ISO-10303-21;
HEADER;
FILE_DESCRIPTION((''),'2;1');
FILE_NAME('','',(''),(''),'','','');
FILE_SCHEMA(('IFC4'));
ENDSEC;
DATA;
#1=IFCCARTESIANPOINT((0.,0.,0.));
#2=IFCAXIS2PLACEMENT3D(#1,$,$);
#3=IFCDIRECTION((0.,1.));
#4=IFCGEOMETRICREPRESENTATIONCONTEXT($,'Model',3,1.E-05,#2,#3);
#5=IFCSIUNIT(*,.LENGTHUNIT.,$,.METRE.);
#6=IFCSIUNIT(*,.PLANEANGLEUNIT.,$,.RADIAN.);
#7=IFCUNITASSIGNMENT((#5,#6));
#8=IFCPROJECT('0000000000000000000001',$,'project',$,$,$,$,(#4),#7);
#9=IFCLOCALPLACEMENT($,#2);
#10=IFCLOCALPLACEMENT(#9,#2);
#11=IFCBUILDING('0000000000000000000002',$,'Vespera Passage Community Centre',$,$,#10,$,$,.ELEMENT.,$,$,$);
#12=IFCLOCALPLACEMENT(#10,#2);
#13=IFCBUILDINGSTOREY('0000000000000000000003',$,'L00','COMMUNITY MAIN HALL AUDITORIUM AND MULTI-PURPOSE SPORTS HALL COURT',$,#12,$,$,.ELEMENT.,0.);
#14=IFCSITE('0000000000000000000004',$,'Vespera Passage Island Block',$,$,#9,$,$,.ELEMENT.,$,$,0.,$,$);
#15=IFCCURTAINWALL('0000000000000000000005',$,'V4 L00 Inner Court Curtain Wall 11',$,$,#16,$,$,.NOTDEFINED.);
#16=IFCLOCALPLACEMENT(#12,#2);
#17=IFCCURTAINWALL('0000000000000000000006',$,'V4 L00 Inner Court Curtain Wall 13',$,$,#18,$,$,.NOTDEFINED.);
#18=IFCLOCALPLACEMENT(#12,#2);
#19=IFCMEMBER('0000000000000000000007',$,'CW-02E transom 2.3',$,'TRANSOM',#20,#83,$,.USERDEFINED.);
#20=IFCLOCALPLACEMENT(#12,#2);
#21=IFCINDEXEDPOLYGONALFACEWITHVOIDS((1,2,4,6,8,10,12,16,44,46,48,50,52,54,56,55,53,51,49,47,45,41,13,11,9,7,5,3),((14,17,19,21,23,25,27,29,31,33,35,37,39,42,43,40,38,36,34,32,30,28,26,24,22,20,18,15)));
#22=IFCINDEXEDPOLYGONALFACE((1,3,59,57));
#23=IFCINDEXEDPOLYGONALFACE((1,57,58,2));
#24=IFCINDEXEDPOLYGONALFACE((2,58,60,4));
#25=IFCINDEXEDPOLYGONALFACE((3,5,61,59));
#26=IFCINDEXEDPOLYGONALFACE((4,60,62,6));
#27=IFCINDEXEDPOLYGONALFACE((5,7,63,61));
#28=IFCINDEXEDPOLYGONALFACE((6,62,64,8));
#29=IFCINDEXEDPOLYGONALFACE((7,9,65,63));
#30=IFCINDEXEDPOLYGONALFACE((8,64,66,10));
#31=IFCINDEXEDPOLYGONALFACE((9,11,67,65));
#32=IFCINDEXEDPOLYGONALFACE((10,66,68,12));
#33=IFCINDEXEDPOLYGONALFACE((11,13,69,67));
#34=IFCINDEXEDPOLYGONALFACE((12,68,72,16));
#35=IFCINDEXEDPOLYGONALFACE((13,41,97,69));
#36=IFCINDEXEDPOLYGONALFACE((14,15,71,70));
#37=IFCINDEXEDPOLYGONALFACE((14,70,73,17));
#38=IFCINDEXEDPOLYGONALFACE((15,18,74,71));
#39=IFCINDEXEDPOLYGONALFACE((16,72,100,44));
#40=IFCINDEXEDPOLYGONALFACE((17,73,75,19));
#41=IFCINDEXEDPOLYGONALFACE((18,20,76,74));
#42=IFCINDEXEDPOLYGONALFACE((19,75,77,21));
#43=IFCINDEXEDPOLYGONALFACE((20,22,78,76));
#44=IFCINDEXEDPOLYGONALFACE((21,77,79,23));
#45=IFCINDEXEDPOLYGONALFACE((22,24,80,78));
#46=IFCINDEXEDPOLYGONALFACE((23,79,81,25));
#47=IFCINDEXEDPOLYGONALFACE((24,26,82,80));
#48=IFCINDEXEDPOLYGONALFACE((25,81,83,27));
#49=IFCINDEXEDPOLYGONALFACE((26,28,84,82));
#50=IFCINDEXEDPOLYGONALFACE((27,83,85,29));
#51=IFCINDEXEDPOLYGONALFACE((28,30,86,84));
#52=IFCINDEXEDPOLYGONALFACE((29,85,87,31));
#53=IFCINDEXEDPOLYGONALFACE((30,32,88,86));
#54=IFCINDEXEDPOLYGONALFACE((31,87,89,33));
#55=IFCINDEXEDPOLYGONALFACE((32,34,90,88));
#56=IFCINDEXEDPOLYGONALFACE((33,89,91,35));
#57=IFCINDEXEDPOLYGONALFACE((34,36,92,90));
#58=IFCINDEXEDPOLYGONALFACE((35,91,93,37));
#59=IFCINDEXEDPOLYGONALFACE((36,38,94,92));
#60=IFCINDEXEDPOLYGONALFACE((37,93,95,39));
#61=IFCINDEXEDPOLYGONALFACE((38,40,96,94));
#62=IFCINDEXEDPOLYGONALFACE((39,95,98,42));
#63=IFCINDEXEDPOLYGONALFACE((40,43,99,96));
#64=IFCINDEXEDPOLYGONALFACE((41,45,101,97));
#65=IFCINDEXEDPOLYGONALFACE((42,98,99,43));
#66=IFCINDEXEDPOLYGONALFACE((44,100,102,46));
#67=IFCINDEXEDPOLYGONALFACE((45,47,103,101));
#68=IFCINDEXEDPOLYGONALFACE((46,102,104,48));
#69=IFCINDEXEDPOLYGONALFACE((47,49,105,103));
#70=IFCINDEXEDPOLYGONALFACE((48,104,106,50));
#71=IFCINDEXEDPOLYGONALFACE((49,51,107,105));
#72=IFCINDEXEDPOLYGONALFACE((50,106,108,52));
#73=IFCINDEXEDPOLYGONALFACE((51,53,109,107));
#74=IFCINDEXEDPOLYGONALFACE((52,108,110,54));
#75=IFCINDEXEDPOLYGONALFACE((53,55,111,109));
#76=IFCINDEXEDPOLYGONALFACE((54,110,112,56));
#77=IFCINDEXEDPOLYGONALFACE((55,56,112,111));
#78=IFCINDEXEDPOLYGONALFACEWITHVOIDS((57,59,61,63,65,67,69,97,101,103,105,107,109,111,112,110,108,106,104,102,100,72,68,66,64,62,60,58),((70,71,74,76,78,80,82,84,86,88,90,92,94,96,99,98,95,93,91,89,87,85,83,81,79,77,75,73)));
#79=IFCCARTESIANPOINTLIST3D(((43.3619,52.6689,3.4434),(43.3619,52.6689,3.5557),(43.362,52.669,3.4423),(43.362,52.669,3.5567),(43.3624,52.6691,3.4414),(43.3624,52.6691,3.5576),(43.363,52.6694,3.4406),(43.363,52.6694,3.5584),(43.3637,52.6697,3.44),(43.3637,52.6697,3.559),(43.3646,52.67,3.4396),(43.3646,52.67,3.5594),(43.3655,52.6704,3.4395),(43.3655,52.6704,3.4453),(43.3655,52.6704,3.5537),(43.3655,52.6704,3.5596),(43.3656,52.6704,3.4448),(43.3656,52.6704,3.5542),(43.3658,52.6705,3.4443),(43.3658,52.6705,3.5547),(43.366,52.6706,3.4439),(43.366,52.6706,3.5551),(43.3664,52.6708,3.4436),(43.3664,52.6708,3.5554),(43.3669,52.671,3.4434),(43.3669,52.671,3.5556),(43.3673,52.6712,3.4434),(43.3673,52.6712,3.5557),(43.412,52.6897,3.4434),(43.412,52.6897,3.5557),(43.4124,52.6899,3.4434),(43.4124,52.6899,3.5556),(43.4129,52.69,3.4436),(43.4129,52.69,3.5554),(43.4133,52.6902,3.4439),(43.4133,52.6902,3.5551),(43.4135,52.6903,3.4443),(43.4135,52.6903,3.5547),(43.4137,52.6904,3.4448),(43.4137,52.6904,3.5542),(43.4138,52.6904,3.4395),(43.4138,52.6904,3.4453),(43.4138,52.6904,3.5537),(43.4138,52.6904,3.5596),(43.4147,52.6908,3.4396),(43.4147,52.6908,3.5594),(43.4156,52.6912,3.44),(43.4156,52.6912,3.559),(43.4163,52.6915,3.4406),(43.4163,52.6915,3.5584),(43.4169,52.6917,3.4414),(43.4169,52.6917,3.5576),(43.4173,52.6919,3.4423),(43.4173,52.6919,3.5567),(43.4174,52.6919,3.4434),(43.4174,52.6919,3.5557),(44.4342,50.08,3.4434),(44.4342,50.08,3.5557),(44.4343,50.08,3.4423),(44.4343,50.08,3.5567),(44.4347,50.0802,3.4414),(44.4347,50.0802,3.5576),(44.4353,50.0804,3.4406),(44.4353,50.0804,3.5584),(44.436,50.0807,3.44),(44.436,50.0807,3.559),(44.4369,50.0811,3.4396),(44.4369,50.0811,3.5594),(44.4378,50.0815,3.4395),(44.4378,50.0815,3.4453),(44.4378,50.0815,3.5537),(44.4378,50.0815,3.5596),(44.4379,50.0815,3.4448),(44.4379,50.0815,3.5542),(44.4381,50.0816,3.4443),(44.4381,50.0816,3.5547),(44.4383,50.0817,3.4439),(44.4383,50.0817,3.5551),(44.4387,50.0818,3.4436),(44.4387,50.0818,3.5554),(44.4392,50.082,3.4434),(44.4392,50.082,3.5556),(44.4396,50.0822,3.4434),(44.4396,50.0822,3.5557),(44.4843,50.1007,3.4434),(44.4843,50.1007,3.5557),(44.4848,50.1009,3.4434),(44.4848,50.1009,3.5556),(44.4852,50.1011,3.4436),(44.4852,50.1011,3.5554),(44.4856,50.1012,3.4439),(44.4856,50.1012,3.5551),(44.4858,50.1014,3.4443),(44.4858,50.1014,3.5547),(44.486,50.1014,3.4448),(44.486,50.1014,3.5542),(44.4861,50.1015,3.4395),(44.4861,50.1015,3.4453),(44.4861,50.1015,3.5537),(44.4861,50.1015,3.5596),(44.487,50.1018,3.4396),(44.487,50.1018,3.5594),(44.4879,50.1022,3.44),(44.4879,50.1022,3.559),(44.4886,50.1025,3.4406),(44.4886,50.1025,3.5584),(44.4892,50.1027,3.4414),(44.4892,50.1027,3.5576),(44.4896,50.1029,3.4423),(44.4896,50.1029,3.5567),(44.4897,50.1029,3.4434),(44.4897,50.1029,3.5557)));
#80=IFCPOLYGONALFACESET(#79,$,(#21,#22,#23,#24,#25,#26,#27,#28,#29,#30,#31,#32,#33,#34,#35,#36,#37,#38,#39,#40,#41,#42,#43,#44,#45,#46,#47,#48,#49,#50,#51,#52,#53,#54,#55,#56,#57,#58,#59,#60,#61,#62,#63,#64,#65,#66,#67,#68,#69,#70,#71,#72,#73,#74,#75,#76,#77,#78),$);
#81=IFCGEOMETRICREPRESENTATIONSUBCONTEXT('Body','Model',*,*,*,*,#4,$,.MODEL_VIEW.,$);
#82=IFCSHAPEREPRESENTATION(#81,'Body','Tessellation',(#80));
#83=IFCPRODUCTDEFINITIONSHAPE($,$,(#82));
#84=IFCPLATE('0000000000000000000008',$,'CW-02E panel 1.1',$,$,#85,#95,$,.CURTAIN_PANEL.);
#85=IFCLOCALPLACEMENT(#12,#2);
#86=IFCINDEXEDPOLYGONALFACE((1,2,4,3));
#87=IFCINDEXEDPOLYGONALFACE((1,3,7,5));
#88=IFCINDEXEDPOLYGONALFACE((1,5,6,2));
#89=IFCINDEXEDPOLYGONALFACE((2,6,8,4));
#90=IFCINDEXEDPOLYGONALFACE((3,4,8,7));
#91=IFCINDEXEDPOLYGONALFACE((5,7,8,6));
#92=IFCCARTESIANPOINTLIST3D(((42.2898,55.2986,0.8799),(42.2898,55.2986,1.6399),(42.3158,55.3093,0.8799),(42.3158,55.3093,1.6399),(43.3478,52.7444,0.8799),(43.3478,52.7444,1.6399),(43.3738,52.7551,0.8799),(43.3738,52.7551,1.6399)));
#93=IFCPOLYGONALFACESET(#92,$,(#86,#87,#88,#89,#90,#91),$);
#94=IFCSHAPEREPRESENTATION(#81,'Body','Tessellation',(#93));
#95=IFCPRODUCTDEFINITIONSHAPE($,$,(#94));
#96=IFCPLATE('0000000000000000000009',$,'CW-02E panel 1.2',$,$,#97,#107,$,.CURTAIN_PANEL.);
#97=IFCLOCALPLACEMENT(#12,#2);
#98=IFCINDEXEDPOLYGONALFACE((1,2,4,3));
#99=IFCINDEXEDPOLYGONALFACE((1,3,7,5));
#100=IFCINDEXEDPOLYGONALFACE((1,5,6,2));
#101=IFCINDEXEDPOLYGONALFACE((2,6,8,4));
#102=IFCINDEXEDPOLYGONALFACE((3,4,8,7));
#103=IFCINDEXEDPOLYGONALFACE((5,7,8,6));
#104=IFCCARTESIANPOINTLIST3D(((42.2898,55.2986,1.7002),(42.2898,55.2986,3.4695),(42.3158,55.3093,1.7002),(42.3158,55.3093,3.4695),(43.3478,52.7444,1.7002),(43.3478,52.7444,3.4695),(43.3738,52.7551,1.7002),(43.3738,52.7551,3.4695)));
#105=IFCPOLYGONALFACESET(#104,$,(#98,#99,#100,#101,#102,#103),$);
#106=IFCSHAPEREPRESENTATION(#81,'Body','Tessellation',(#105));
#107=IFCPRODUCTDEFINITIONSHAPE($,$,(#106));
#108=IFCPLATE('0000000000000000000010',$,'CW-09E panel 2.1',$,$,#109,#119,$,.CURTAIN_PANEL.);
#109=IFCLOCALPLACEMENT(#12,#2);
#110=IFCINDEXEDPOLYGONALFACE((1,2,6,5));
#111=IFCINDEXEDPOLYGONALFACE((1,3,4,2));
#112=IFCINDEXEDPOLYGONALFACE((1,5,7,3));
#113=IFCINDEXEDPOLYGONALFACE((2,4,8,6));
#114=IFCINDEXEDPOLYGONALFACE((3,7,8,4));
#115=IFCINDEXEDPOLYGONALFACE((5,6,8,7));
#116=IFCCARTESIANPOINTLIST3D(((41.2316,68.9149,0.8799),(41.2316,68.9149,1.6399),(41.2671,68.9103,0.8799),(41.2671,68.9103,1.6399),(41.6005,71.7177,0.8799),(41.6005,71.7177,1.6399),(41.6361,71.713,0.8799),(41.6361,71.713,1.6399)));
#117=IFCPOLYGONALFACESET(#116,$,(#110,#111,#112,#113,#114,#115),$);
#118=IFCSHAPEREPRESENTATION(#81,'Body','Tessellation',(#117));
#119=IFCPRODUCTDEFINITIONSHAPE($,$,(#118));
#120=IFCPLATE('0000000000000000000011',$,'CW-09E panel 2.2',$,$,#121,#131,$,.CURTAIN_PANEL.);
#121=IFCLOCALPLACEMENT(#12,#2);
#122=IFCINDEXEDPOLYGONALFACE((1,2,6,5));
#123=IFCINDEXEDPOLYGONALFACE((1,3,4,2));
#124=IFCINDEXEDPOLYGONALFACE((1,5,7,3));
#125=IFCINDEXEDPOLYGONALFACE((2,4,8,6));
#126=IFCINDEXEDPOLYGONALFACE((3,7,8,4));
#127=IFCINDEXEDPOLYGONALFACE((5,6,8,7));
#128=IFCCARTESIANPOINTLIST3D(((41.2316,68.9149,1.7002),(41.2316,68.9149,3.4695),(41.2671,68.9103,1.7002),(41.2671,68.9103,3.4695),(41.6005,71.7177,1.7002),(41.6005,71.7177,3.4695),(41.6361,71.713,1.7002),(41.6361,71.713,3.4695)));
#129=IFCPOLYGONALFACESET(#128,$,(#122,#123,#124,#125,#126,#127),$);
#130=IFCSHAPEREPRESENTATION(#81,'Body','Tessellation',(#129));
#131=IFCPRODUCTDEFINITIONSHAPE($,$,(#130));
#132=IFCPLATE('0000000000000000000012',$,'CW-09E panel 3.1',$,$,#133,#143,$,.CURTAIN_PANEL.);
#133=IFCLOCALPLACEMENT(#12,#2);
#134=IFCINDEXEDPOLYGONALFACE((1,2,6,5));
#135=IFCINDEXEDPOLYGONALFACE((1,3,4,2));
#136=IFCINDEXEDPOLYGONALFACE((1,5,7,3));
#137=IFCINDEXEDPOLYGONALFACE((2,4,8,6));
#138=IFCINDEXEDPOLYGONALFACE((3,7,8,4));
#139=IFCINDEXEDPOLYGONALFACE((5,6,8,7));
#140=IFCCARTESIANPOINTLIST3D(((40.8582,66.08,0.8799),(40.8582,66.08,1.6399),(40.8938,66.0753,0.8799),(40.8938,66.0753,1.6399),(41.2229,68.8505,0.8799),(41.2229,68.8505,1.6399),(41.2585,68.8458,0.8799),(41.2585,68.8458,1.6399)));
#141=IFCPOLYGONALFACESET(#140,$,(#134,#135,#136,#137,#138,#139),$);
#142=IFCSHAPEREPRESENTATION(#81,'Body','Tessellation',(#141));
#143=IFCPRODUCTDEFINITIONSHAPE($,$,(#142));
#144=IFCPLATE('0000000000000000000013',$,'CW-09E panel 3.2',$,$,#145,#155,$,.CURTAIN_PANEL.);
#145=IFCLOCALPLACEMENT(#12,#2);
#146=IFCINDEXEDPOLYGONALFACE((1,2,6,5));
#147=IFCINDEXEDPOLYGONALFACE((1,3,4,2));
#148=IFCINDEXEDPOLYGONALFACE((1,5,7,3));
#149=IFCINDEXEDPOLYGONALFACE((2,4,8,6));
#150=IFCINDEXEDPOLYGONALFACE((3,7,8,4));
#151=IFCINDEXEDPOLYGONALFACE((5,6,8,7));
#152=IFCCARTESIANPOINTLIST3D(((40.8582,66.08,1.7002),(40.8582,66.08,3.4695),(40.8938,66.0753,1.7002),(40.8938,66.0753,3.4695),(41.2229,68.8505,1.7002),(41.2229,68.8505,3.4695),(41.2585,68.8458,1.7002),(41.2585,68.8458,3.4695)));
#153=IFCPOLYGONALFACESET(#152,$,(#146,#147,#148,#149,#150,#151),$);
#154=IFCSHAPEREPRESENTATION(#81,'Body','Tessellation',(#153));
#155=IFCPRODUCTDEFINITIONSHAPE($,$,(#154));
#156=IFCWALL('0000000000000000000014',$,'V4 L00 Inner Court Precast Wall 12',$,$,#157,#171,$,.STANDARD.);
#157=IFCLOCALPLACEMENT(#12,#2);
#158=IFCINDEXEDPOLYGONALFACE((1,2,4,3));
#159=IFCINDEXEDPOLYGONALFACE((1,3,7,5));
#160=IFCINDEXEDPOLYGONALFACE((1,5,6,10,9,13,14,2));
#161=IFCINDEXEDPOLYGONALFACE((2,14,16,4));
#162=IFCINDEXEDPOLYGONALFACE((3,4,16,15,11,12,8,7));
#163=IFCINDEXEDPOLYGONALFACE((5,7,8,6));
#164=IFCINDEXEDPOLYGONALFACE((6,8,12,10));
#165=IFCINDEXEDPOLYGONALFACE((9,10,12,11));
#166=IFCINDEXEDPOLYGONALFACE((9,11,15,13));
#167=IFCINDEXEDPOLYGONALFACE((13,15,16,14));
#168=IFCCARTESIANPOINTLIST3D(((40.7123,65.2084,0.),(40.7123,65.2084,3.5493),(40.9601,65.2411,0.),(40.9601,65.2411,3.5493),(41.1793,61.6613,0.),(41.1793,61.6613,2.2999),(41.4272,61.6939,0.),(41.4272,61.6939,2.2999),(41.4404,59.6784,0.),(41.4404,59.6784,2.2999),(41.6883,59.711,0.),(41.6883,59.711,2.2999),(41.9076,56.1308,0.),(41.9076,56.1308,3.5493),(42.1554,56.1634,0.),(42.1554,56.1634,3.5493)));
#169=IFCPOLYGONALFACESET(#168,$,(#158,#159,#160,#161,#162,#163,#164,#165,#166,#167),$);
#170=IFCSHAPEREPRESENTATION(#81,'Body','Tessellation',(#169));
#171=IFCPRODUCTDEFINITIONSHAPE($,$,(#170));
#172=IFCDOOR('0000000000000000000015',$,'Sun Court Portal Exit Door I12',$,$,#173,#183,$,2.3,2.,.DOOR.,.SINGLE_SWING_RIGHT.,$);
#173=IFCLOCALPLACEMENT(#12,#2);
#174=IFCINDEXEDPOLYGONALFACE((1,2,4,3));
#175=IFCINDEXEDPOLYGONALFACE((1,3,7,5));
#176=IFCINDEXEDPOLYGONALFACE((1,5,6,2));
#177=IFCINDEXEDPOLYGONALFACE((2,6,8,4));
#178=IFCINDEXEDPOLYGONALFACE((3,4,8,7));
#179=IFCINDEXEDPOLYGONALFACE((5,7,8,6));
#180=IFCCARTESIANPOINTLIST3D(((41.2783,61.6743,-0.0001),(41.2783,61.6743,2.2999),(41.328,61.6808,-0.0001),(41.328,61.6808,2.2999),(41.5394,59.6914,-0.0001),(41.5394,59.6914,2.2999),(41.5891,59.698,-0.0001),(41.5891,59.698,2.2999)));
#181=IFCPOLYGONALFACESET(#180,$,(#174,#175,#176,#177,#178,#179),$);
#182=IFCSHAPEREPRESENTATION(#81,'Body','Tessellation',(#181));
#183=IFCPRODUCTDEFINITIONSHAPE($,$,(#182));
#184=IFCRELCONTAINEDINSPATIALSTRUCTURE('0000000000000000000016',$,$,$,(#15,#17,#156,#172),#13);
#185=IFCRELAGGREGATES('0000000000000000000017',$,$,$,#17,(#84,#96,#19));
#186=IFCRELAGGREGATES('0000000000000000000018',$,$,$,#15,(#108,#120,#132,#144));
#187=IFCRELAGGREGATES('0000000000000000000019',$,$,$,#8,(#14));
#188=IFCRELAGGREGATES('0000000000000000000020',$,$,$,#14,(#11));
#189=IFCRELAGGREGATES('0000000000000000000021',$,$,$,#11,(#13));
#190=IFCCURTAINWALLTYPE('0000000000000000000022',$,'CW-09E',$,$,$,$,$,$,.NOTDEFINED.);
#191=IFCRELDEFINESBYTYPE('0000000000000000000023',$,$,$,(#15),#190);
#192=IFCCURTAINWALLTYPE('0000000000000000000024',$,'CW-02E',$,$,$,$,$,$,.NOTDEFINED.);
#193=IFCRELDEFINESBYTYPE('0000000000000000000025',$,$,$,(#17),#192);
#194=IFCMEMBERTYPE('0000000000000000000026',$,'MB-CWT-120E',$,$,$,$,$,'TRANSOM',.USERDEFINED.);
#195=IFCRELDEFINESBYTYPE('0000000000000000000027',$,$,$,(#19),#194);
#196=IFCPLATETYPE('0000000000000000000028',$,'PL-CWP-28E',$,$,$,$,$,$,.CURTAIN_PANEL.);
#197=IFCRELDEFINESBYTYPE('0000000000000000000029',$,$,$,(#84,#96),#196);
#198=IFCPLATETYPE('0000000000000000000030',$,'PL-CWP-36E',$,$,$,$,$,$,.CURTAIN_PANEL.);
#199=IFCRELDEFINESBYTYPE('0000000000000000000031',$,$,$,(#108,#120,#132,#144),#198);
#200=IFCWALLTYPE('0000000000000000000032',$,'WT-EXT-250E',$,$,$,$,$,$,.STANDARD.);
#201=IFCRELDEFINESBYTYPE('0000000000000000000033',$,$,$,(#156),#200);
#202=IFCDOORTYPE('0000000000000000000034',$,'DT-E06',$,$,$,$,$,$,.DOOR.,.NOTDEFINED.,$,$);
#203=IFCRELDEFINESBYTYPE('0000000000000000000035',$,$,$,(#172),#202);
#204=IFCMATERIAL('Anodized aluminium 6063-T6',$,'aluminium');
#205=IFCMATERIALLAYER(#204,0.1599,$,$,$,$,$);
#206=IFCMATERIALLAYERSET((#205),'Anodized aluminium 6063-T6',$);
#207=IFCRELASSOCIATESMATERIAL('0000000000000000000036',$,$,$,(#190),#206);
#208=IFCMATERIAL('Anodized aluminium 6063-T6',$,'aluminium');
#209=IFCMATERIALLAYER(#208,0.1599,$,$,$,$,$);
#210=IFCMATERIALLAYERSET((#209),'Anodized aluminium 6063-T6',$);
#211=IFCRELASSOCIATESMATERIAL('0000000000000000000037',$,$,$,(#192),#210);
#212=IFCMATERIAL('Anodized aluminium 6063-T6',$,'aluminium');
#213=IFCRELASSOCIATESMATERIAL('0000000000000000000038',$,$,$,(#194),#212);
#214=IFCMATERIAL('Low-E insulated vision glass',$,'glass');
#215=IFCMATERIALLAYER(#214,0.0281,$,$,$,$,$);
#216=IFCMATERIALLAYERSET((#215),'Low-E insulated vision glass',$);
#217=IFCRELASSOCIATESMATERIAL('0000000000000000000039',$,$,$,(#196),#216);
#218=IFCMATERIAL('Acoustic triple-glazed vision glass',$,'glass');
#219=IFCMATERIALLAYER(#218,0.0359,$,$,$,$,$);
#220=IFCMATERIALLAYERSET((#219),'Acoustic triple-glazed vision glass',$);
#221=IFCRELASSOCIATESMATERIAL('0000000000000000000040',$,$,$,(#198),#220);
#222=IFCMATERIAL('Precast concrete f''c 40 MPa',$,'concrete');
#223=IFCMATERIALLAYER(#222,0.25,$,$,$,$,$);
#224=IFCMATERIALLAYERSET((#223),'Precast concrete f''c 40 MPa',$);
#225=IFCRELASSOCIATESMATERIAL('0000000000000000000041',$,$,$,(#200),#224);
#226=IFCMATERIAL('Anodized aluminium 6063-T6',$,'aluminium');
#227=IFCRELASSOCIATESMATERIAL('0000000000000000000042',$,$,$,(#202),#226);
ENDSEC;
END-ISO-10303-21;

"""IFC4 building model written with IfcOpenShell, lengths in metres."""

from ifc_helpers import new_model, si_unit, direction, frame, frame_2d, origin, origin_2d, place, context, subcontext, project, spatial, rectangle, hollow_rectangle, extrude, material, layer, layer_set, material_profile, profile_set, type_object, element, fill, aggregate, save


model = new_model("IFC4")

# Units and contexts
model_context = context("Model", 3, precision=1e-05, world=origin(), true_north=direction((0.0, 1.0)))
body_context = subcontext(model_context, "Body", "Model", "MODEL_VIEW")
ifc_project = project(units=[si_unit("LENGTHUNIT", "METRE"), si_unit("PLANEANGLEUNIT", "RADIAN")], contexts=[model_context])

# Site, building, storey
site_placement = place(None, origin())
site = spatial("IfcSite", under=ifc_project, at=site_placement, Name="Vespera Passage Island Block", CompositionType="ELEMENT", RefElevation=0.0)
building_placement = place(site_placement, origin())
building = spatial("IfcBuilding", under=site, at=building_placement, Name="Vespera Passage Community Centre", CompositionType="ELEMENT")
storey_placement = place(building_placement, origin())
storey = spatial("IfcBuildingStorey", under=building, at=storey_placement, Name="L00", Description="COMMUNITY MAIN HALL AUDITORIUM AND MULTI-PURPOSE SPORTS HALL COURT", CompositionType="ELEMENT", Elevation=0.0)

# Curtain walls
ifc_material_1 = material(Name="Anodized aluminium 6063-T6", Category="aluminium")
ifc_layer_1 = layer(ifc_material_1, 0.1599)
ifc_layer_set_1 = layer_set([ifc_layer_1], Name="Anodized aluminium 6063-T6")
curtain_wall_type_1 = type_object("IfcCurtainWallType", Name="CW-09E", PredefinedType="NOTDEFINED", material=ifc_layer_set_1)
curtain_wall_1_placement = place(storey_placement, origin())
curtain_wall_1 = element("IfcCurtainWall", 1, at=curtain_wall_1_placement, inside=storey, type_object=curtain_wall_type_1, Name="V4 L00 Inner Court Curtain Wall 11", PredefinedType="NOTDEFINED")
ifc_material_2 = material(Name="Anodized aluminium 6063-T6", Category="aluminium")
ifc_layer_2 = layer(ifc_material_2, 0.1599)
ifc_layer_set_2 = layer_set([ifc_layer_2], Name="Anodized aluminium 6063-T6")
curtain_wall_type_2 = type_object("IfcCurtainWallType", Name="CW-02E", PredefinedType="NOTDEFINED", material=ifc_layer_set_2)
curtain_wall_2_placement = place(storey_placement, origin())
curtain_wall_2 = element("IfcCurtainWall", 2, at=curtain_wall_2_placement, inside=storey, type_object=curtain_wall_type_2, Name="V4 L00 Inner Court Curtain Wall 13", PredefinedType="NOTDEFINED")

# Member
ifc_material_3 = material(Name="Anodized aluminium 6063-T6", Category="aluminium")
ifc_material_profile_1 = material_profile(ifc_material_3, hollow_rectangle(XDim=0.0601, YDim=0.1201, WallThickness=0.0039, InnerFilletRadius=0.002, OuterFilletRadius=0.0039, at=origin_2d()), Name="ALU120X60X4")
ifc_profile_set_1 = profile_set([ifc_material_profile_1], Name="Anodized aluminium 6063-T6")
member_type_1 = type_object("IfcMemberType", Name="MB-CWT-120E", ElementType="TRANSOM", PredefinedType="USERDEFINED", material=ifc_profile_set_1)
member_1_placement = place(storey_placement, frame((43.3896, 52.6804, 3.4995), z_axis=(0.38266, -0.923889, 0.0), x_axis=(0.923889, 0.38266, 0.0)))
member_1 = element("IfcMember", 3, at=member_1_placement, type_object=member_type_1, Name="CW-02E transom 2.3", ObjectType="TRANSOM", PredefinedType="USERDEFINED", context=body_context, shape_type="SweptSolid", body=[
    extrude(hollow_rectangle(XDim=0.0601, YDim=0.1201, WallThickness=0.0039, InnerFilletRadius=0.002, OuterFilletRadius=0.0039, at=origin_2d()), origin(), (0.0, 0.0, 1.0), 2.8022),
])

# Plates
ifc_material_4 = material(Name="Low-E insulated vision glass", Category="glass")
ifc_layer_3 = layer(ifc_material_4, 0.0281)
ifc_layer_set_3 = layer_set([ifc_layer_3], Name="Low-E insulated vision glass")
plate_type_1 = type_object("IfcPlateType", Name="PL-CWP-28E", PredefinedType="CURTAIN_PANEL", material=ifc_layer_set_3)
plate_1_placement = place(storey_placement, frame((42.8318, 54.0269, 0.8799), z_axis=(0.0, 0.0, 1.0), x_axis=(0.38269, -0.923877, 0.0)))
plate_1 = element("IfcPlate", 4, at=plate_1_placement, type_object=plate_type_1, Name="CW-02E panel 1.1", PredefinedType="CURTAIN_PANEL", context=body_context, shape_type="SweptSolid", body=[
    extrude(rectangle(XDim=2.7646, YDim=0.0281, at=origin_2d()), origin(), (0.0, 0.0, 1.0), 0.76),
])
plate_2_placement = place(storey_placement, frame((42.8318, 54.0269, 1.7002), z_axis=(0.0, 0.0, 1.0), x_axis=(0.38269, -0.923877, 0.0)))
plate_2 = element("IfcPlate", 5, at=plate_2_placement, type_object=plate_type_1, Name="CW-02E panel 1.2", PredefinedType="CURTAIN_PANEL", context=body_context, shape_type="SweptSolid", body=[
    extrude(rectangle(XDim=2.7646, YDim=0.0281, at=origin_2d()), origin(), (0.0, 0.0, 1.0), 1.7693),
])
aggregate(curtain_wall_2, [plate_1, plate_2, member_1])
ifc_material_5 = material(Name="Acoustic triple-glazed vision glass", Category="glass")
ifc_layer_4 = layer(ifc_material_5, 0.0359)
ifc_layer_set_4 = layer_set([ifc_layer_4], Name="Acoustic triple-glazed vision glass")
plate_type_2 = type_object("IfcPlateType", Name="PL-CWP-36E", PredefinedType="CURTAIN_PANEL", material=ifc_layer_set_4)
plate_3_placement = place(storey_placement, frame((41.4338, 70.314, 0.8799), z_axis=(0.0, 0.0, 1.0), x_axis=(-0.130522, -0.991445, 0.0)))
plate_3 = element("IfcPlate", 6, at=plate_3_placement, type_object=plate_type_2, Name="CW-09E panel 2.1", PredefinedType="CURTAIN_PANEL", context=body_context, shape_type="SweptSolid", body=[
    extrude(rectangle(XDim=2.8269, YDim=0.0359, at=origin_2d()), origin(), (0.0, 0.0, 1.0), 0.76),
])
plate_4_placement = place(storey_placement, frame((41.4338, 70.314, 1.7002), z_axis=(0.0, 0.0, 1.0), x_axis=(-0.130522, -0.991445, 0.0)))
plate_4 = element("IfcPlate", 7, at=plate_4_placement, type_object=plate_type_2, Name="CW-09E panel 2.2", PredefinedType="CURTAIN_PANEL", context=body_context, shape_type="SweptSolid", body=[
    extrude(rectangle(XDim=2.8269, YDim=0.0359, at=origin_2d()), origin(), (0.0, 0.0, 1.0), 1.7693),
])
plate_5_placement = place(storey_placement, frame((41.0583, 67.4629, 0.8799), z_axis=(0.0, 0.0, 1.0), x_axis=(-0.130522, -0.991445, 0.0)))
plate_5 = element("IfcPlate", 8, at=plate_5_placement, type_object=plate_type_2, Name="CW-09E panel 3.1", PredefinedType="CURTAIN_PANEL", context=body_context, shape_type="SweptSolid", body=[
    extrude(rectangle(XDim=2.7944, YDim=0.0359, at=origin_2d()), origin(), (0.0, 0.0, 1.0), 0.76),
])
plate_6_placement = place(storey_placement, frame((41.0583, 67.4629, 1.7002), z_axis=(0.0, 0.0, 1.0), x_axis=(-0.130522, -0.991445, 0.0)))
plate_6 = element("IfcPlate", 9, at=plate_6_placement, type_object=plate_type_2, Name="CW-09E panel 3.2", PredefinedType="CURTAIN_PANEL", context=body_context, shape_type="SweptSolid", body=[
    extrude(rectangle(XDim=2.7944, YDim=0.0359, at=origin_2d()), origin(), (0.0, 0.0, 1.0), 1.7693),
])
aggregate(curtain_wall_1, [plate_3, plate_4, plate_5, plate_6])

# Wall, opening, door
ifc_material_6 = material(Name="Precast concrete f'c 40 MPa", Category="concrete")
ifc_layer_5 = layer(ifc_material_6, 0.25)
ifc_layer_set_5 = layer_set([ifc_layer_5], Name="Precast concrete f'c 40 MPa")
wall_type = type_object("IfcWallType", Name="WT-EXT-250E", PredefinedType="STANDARD", material=ifc_layer_set_5)
wall_1_placement = place(storey_placement, frame((40.8362, 65.2249, 0.0), z_axis=(0.0, 0.0, 1.0), x_axis=(0.13055, -0.991442, 0.0)))
wall_1 = element("IfcWall", 10, at=wall_1_placement, inside=storey, type_object=wall_type, Name="V4 L00 Inner Court Precast Wall 12", PredefinedType="STANDARD", context=body_context, shape_type="SweptSolid", body=[
    extrude(rectangle(XDim=9.156, YDim=0.25, at=frame_2d((4.5781, 0.0))), origin(), (0.0, 0.0, 1.0), 3.5493),
])
opening_placement = place(wall_1_placement, frame((3.5779, 0.0, 0.0)))
opening = element("IfcOpeningElement", 11, at=opening_placement, cuts=wall_1, PredefinedType="OPENING", context=body_context, shape_type="SweptSolid", body=[
    extrude(rectangle(XDim=2.0, YDim=2.3, at=frame_2d((1.0, 1.1499))), frame((0.0, 0.135, 0.0), z_axis=(0.0, -1.0, 0.0), x_axis=(1.0, 0.0, 0.0)), (0.0, 0.0, 1.0), 0.27),
])
ifc_material_7 = material(Name="Anodized aluminium 6063-T6", Category="aluminium")
door_type = type_object("IfcDoorType", Name="DT-E06", OperationType="NOTDEFINED", PredefinedType="DOOR", material=ifc_material_7)
door_placement = place(opening_placement, origin())
door = element("IfcDoor", 12, at=door_placement, inside=storey, type_object=door_type, Name="Sun Court Portal Exit Door I12", OperationType="SINGLE_SWING_RIGHT", OverallHeight=2.3, OverallWidth=2.0, PredefinedType="DOOR", context=body_context, shape_type="SweptSolid", body=[
    extrude(rectangle(XDim=2.0, YDim=2.3, at=frame_2d((1.0, 1.1499))), frame((0.0, 0.0249, 0.0), z_axis=(0.0, -1.0, 0.0), x_axis=(1.0, 0.0, 0.0)), (0.0, 0.0, 1.0), 0.05),
])
fill(opening, door)

save(model, "model.ifc")
